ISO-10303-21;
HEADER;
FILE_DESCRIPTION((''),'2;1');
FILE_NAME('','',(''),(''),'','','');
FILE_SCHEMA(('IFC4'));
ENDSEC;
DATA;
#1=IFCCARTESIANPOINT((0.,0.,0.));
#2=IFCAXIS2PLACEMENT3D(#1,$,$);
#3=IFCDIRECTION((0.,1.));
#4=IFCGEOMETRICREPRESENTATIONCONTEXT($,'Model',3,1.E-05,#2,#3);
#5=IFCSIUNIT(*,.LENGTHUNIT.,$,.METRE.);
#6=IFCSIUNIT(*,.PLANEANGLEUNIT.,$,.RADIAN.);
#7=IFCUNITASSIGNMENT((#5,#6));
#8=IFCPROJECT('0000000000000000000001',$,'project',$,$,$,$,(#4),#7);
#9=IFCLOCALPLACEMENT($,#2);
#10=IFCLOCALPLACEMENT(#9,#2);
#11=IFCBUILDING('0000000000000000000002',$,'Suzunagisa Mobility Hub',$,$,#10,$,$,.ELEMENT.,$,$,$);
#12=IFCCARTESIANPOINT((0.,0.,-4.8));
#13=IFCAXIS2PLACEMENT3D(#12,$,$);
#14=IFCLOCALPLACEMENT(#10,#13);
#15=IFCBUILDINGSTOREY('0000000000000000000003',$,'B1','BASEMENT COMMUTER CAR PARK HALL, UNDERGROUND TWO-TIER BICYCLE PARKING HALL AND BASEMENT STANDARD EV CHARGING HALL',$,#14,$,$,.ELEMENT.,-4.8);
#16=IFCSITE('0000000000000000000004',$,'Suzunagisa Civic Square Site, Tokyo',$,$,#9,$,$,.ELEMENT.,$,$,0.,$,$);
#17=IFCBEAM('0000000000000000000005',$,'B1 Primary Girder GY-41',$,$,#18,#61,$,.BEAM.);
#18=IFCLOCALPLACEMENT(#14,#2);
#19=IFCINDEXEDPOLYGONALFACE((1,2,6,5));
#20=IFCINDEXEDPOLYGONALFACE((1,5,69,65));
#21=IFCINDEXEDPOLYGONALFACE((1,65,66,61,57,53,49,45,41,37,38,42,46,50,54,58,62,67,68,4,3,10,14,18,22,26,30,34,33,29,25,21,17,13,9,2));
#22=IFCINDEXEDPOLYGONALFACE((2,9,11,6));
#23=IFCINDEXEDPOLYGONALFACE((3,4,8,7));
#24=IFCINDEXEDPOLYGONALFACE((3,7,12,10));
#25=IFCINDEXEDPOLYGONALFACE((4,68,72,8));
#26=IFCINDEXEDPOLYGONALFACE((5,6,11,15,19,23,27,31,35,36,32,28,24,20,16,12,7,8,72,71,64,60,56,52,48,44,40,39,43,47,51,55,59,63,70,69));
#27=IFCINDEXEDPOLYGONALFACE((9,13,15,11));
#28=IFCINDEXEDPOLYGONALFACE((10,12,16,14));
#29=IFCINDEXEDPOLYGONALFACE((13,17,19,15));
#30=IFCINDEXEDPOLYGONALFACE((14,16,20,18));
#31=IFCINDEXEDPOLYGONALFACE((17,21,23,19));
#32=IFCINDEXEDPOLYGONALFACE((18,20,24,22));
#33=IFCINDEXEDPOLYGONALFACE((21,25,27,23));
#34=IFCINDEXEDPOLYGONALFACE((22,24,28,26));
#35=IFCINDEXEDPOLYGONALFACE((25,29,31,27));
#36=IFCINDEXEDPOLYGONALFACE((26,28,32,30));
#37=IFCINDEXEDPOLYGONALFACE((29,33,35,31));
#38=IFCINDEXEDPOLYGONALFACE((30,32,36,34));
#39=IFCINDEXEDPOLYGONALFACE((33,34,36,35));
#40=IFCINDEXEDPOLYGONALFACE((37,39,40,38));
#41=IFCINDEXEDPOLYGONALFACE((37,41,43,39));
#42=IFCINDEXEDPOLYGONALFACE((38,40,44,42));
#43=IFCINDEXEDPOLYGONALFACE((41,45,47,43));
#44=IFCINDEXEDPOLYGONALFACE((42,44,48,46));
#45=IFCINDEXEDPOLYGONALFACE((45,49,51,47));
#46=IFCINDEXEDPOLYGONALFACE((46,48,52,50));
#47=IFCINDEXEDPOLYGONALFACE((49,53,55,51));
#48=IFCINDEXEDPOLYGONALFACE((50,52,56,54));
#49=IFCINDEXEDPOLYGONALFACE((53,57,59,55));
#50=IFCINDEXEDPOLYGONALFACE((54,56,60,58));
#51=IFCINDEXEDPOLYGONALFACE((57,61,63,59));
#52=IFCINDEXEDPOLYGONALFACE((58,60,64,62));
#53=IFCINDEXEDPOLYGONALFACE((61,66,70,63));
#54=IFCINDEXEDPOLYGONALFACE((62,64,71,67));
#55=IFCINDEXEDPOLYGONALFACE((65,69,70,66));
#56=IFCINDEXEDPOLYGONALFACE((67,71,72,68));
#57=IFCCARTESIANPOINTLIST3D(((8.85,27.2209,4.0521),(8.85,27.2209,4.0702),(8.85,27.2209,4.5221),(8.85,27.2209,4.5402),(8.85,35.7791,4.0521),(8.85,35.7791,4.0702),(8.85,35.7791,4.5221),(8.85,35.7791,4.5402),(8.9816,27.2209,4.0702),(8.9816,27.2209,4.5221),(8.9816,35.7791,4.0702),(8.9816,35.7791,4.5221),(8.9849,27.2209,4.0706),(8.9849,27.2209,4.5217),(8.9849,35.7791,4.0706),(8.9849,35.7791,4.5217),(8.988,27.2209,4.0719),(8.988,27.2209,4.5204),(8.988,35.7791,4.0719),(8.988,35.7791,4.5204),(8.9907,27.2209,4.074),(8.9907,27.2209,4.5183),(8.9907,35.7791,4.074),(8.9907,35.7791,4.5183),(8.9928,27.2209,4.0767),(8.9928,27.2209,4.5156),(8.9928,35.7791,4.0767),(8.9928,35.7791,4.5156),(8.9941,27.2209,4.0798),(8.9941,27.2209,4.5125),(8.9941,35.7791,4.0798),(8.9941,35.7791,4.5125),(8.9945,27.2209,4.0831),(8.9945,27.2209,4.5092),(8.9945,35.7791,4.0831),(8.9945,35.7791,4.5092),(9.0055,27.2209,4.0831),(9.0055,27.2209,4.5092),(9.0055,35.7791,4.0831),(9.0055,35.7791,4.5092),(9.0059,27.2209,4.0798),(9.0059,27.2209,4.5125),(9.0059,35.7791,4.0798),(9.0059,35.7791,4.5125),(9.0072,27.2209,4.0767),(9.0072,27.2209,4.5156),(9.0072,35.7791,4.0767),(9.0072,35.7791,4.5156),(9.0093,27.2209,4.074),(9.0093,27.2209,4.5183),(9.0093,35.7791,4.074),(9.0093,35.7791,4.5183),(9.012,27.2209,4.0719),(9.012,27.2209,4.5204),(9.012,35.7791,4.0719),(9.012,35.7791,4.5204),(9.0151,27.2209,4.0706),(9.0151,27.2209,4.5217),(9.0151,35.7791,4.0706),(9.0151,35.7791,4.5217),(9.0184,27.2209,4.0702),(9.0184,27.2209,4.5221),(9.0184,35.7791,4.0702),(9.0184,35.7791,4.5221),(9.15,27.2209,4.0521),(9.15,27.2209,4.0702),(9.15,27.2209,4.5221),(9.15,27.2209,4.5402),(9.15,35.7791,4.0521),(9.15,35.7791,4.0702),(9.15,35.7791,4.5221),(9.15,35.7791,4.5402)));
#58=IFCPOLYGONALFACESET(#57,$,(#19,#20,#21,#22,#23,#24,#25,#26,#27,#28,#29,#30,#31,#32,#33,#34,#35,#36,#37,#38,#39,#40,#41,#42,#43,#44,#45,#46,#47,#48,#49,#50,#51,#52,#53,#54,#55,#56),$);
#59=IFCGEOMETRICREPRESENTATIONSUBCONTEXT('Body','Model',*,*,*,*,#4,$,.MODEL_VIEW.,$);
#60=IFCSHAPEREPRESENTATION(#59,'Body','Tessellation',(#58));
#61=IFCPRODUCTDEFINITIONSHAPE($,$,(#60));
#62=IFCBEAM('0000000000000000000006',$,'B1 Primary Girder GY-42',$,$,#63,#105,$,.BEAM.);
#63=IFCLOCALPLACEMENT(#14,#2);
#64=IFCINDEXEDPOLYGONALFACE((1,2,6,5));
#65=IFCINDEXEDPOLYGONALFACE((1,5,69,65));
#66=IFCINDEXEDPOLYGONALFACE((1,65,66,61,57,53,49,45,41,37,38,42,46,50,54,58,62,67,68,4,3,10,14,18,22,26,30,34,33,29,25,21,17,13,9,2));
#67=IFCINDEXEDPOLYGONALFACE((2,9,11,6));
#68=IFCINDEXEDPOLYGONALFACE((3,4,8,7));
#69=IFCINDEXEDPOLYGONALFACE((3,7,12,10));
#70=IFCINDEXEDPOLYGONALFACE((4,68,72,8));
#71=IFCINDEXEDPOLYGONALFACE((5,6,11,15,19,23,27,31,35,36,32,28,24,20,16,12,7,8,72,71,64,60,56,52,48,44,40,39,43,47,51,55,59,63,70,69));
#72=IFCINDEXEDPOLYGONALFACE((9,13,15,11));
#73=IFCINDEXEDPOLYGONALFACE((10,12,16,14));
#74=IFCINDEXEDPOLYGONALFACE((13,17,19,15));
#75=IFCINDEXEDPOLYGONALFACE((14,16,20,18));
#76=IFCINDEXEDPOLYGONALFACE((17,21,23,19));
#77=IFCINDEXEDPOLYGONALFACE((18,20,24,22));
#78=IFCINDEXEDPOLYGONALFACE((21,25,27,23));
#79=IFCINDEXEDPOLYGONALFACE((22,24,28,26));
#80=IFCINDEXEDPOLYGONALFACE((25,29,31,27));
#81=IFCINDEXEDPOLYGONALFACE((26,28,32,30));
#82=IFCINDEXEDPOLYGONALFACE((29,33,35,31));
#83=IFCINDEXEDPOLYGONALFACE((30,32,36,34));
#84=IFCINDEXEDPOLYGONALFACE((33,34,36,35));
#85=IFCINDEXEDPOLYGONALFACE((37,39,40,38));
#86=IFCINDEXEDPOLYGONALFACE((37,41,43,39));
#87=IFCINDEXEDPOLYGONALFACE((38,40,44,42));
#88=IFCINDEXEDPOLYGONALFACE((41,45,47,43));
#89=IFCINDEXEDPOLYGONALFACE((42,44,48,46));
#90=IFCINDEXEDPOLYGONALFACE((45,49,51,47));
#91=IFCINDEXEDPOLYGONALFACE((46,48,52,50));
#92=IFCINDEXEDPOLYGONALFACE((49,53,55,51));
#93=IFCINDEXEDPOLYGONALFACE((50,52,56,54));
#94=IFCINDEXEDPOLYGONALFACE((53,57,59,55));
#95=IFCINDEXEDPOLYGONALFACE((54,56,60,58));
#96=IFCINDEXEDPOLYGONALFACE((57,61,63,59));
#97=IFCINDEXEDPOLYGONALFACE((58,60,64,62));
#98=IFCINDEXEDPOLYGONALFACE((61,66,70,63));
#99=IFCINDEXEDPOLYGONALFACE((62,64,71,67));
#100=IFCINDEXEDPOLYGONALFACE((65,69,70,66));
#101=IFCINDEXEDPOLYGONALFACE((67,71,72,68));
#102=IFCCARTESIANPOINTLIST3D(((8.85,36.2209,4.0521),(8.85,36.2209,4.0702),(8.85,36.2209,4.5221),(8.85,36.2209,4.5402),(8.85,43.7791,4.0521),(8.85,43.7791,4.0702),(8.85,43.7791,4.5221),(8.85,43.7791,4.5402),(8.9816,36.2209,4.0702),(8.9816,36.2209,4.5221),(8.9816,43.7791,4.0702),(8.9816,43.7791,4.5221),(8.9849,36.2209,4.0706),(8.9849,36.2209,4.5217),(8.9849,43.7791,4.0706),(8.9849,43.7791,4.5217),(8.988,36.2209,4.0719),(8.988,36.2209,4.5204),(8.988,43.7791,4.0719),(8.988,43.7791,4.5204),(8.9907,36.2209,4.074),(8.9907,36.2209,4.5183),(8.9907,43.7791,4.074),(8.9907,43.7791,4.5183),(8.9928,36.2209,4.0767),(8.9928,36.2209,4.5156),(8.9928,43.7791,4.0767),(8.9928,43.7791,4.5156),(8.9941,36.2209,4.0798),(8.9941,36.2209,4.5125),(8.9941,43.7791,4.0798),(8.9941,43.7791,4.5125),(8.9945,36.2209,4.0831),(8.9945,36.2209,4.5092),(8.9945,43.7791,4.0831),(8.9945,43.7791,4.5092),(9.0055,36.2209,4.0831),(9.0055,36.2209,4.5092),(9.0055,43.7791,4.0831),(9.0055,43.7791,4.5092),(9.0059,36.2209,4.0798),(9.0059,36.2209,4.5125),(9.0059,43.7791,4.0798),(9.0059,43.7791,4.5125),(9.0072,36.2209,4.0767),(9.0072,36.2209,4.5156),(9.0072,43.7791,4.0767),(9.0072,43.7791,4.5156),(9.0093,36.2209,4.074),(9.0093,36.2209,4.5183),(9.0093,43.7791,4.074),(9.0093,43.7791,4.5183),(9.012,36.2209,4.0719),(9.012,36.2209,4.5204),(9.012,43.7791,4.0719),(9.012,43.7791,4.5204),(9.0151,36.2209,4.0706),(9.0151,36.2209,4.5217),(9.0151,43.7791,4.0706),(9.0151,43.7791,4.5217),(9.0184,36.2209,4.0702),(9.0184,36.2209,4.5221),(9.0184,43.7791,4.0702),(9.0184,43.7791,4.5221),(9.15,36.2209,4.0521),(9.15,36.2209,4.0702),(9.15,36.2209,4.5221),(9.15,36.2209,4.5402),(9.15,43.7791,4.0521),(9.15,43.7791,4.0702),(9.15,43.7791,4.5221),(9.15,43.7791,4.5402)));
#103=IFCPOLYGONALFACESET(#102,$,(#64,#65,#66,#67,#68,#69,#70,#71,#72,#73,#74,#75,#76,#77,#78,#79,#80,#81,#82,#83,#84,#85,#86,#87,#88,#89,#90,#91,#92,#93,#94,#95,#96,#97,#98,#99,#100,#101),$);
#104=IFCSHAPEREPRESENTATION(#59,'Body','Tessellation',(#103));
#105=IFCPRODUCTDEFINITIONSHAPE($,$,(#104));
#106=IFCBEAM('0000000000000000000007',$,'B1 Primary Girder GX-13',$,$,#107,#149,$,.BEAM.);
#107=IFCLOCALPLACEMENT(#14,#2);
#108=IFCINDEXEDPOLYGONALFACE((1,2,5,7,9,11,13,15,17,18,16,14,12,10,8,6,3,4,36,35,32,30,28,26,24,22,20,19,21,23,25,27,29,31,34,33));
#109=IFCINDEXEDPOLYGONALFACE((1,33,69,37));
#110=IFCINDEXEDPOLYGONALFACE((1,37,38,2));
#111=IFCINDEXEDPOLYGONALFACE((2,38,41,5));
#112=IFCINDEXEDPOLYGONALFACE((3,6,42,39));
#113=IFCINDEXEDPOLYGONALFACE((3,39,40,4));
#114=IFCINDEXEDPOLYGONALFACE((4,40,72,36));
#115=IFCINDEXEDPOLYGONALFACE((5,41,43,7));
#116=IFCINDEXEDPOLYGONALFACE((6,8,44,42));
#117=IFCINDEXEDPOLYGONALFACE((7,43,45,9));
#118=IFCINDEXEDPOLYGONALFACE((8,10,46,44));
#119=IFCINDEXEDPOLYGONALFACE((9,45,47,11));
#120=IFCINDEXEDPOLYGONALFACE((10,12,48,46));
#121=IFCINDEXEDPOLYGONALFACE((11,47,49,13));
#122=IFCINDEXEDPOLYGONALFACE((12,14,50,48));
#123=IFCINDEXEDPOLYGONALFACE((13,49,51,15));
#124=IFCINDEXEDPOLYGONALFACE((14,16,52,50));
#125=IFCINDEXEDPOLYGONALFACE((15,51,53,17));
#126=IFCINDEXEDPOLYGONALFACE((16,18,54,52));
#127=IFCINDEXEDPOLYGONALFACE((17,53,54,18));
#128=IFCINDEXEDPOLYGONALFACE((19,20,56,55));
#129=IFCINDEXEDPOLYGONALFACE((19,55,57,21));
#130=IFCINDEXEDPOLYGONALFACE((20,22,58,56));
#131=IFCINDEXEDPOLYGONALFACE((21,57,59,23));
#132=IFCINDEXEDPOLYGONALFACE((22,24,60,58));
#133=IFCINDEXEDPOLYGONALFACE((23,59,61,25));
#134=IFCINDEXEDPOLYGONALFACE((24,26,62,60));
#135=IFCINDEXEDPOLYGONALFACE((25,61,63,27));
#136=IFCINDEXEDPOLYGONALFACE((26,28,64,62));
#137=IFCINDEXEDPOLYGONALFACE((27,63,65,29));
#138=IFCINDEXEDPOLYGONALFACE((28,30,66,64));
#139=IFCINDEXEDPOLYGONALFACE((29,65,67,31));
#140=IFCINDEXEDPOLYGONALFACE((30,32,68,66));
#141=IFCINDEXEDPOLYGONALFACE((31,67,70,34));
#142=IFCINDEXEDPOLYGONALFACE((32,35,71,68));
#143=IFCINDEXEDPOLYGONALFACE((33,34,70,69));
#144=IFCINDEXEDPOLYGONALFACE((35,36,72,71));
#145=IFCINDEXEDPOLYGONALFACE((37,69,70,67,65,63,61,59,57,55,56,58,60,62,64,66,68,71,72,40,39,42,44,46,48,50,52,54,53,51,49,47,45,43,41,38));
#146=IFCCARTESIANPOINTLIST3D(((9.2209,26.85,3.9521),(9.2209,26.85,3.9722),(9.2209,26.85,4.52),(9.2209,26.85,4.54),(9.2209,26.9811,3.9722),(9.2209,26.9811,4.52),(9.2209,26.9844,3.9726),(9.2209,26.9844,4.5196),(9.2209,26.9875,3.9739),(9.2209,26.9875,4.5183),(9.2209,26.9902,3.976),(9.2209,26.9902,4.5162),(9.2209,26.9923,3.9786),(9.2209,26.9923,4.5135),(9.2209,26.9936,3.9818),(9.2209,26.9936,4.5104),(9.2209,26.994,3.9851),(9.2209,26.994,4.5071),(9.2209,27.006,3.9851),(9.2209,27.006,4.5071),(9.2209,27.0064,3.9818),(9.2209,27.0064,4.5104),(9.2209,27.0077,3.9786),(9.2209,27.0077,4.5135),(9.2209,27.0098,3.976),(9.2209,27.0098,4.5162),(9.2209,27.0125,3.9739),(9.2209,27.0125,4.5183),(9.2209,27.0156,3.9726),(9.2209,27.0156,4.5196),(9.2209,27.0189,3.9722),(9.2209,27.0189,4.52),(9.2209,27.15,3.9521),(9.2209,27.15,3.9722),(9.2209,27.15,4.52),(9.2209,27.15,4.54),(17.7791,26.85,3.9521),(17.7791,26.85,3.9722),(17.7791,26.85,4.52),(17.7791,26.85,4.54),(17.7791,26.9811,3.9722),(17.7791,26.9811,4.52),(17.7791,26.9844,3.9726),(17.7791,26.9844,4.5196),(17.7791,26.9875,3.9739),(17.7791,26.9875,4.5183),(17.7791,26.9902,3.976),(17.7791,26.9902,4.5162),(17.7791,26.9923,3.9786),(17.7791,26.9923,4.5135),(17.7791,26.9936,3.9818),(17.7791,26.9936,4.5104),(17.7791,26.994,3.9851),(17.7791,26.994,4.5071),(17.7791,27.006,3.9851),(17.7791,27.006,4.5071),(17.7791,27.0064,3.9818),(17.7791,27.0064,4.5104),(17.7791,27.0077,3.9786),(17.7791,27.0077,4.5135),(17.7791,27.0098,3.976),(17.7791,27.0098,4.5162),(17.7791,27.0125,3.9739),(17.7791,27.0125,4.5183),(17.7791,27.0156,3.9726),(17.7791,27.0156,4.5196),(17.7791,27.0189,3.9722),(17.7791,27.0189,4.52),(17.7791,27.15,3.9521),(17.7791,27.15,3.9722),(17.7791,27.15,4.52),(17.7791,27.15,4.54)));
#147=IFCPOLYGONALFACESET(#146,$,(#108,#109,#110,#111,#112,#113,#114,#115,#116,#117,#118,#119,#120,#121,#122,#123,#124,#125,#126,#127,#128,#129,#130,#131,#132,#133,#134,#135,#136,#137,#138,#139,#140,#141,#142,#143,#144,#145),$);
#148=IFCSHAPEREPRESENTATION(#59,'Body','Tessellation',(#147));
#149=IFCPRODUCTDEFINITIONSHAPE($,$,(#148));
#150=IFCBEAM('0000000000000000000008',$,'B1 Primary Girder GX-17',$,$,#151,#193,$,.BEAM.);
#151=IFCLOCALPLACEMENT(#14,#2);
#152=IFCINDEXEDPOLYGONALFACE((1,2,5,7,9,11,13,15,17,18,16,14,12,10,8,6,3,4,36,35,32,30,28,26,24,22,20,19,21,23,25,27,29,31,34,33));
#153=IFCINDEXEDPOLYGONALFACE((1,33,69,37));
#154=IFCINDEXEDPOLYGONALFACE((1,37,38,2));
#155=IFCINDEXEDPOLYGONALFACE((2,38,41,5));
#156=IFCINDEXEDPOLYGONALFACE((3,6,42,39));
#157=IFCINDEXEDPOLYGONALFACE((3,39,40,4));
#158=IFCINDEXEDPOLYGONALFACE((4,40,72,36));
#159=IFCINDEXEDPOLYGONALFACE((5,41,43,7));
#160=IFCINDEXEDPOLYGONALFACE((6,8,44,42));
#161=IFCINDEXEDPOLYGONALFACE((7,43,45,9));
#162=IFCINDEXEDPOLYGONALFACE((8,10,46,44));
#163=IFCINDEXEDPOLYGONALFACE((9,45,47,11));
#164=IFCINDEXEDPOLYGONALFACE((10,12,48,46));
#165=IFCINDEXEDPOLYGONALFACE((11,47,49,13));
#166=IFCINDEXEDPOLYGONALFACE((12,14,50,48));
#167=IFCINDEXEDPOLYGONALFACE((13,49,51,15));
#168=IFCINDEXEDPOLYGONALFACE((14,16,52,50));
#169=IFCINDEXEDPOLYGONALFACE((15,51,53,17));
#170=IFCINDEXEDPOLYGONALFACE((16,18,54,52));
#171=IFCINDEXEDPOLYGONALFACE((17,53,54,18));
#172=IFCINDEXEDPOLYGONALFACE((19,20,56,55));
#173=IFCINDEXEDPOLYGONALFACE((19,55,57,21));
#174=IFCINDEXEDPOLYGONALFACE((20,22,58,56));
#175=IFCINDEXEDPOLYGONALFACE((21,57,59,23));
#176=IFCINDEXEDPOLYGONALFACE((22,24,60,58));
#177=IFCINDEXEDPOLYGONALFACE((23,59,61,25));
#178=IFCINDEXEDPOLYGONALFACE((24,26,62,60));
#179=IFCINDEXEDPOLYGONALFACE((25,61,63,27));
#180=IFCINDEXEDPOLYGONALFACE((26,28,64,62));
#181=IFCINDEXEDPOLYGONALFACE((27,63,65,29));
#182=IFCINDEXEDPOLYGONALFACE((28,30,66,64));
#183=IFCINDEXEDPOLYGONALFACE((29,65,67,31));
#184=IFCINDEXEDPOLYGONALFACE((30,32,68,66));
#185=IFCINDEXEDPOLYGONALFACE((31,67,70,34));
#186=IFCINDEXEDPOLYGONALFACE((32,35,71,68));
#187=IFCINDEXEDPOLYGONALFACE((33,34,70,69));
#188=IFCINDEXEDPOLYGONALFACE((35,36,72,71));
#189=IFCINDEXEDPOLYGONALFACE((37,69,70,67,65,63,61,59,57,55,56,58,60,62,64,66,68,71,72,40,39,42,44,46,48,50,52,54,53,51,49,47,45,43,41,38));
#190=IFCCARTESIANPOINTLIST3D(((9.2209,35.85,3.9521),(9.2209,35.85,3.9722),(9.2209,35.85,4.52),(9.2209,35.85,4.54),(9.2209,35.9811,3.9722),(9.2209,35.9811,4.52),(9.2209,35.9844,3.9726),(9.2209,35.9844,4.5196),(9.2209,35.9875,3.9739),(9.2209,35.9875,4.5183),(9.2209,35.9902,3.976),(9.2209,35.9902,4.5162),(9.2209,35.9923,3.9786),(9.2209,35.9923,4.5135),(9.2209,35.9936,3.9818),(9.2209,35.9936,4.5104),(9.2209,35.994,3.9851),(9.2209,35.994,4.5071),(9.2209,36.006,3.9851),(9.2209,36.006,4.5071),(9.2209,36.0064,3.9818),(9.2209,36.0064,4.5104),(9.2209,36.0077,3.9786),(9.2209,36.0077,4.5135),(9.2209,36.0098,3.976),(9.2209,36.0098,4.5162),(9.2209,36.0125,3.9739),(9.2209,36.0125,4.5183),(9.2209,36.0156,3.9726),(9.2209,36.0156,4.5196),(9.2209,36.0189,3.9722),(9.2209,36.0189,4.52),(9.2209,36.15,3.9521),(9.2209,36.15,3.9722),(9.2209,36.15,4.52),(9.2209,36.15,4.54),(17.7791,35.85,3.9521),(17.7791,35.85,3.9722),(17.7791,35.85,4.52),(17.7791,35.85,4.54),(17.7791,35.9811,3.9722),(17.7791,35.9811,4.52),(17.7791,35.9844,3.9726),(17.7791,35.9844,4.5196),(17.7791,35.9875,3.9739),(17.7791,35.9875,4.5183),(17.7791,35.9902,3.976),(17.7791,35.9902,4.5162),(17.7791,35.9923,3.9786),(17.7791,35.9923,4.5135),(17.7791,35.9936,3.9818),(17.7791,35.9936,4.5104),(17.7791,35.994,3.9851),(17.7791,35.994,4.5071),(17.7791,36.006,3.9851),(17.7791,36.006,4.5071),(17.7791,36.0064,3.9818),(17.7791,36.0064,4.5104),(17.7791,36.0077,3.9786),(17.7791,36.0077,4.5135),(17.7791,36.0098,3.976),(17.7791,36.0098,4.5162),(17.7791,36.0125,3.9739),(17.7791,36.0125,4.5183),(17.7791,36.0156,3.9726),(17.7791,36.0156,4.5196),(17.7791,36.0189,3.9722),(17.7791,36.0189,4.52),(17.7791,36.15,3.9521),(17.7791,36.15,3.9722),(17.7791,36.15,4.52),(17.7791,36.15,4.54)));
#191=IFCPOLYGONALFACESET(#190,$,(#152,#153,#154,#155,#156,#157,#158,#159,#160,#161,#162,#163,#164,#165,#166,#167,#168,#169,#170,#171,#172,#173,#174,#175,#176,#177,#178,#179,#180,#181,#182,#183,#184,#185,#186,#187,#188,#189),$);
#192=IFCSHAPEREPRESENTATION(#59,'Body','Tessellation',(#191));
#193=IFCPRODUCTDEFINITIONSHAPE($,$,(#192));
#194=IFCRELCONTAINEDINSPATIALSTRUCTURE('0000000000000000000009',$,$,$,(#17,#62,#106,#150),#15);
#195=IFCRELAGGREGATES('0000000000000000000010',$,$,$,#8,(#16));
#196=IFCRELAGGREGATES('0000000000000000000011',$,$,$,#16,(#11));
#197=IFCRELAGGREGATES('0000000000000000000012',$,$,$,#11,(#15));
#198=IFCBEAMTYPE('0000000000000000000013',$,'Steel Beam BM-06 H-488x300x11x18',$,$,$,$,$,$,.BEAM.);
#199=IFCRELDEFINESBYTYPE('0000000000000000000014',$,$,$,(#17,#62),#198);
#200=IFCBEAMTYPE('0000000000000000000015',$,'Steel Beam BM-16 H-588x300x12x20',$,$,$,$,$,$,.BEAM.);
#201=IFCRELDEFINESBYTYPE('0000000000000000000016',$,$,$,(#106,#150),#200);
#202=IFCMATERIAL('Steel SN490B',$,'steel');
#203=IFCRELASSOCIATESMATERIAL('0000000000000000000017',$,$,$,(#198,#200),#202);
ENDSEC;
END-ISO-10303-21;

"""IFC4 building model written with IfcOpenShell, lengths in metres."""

from ifc_helpers import new_model, si_unit, direction, frame, origin, origin_2d, place, context, subcontext, project, spatial, i_section, extrude, material, material_profile, profile_set, type_object, element, save


model = new_model("IFC4")

# Units and contexts
model_context = context("Model", 3, precision=1e-05, world=origin(), true_north=direction((0.0, 1.0)))
body_context = subcontext(model_context, "Body", "Model", "MODEL_VIEW")
ifc_project = project(units=[si_unit("LENGTHUNIT", "METRE"), si_unit("PLANEANGLEUNIT", "RADIAN")], contexts=[model_context])

# Site, building, storey
site_placement = place(None, origin())
site = spatial("IfcSite", under=ifc_project, at=site_placement, Name="Suzunagisa Civic Square Site, Tokyo", CompositionType="ELEMENT", RefElevation=0.0)
building_placement = place(site_placement, origin())
building = spatial("IfcBuilding", under=site, at=building_placement, Name="Suzunagisa Mobility Hub", CompositionType="ELEMENT")
storey_placement = place(building_placement, frame((0.0, 0.0, -4.8)))
storey = spatial("IfcBuildingStorey", under=building, at=storey_placement, Name="B1", Description="BASEMENT COMMUTER CAR PARK HALL, UNDERGROUND TWO-TIER BICYCLE PARKING HALL AND BASEMENT STANDARD EV CHARGING HALL", CompositionType="ELEMENT", Elevation=-4.8)

# Shared definitions
ifc_material_1 = material(Name="Steel SN490B", Category="steel")

# Beams
ifc_material_profile_1 = material_profile(ifc_material_1, i_section(OverallWidth=0.3, OverallDepth=0.488, WebThickness=0.011, FlangeThickness=0.0181, FilletRadius=0.0129, at=origin_2d()), Name="H-488x300x11x18")
ifc_profile_set_1 = profile_set([ifc_material_profile_1], Name="Steel SN490B")
beam_type_1 = type_object("IfcBeamType", Name="Steel Beam BM-06 H-488x300x11x18", PredefinedType="BEAM", material=ifc_profile_set_1)
beam_1_placement = place(storey_placement, frame((9.0, 27.2209, 4.2961), z_axis=(0.0, 1.0, 0.0), x_axis=(-1.0, 0.0, 0.0)))
element("IfcBeam", 1, at=beam_1_placement, inside=storey, type_object=beam_type_1, Name="B1 Primary Girder GY-41", PredefinedType="BEAM", context=body_context, shape_type="SweptSolid", body=[
    extrude(i_section(OverallWidth=0.3, OverallDepth=0.488, WebThickness=0.011, FlangeThickness=0.0181, FilletRadius=0.0129, at=origin_2d()), origin(), (0.0, 0.0, 1.0), 8.5581),
])
beam_2_placement = place(storey_placement, frame((9.0, 36.2209, 4.2961), z_axis=(0.0, 1.0, 0.0), x_axis=(-1.0, 0.0, 0.0)))
element("IfcBeam", 2, at=beam_2_placement, inside=storey, type_object=beam_type_1, Name="B1 Primary Girder GY-42", PredefinedType="BEAM", context=body_context, shape_type="SweptSolid", body=[
    extrude(i_section(OverallWidth=0.3, OverallDepth=0.488, WebThickness=0.011, FlangeThickness=0.0181, FilletRadius=0.0129, at=origin_2d()), origin(), (0.0, 0.0, 1.0), 7.5581),
])
ifc_material_profile_2 = material_profile(ifc_material_1, i_section(OverallWidth=0.3, OverallDepth=0.5879, WebThickness=0.012, FlangeThickness=0.02, FilletRadius=0.0129, at=origin_2d()), Name="H-588x300x12x20")
ifc_profile_set_2 = profile_set([ifc_material_profile_2], Name="Steel SN490B")
beam_type_2 = type_object("IfcBeamType", Name="Steel Beam BM-16 H-588x300x12x20", PredefinedType="BEAM", material=ifc_profile_set_2)
for number, where, z_axis, x_axis, name in (
    (3, (9.2209, 27.0, 4.2461), (1.0, 0.0, 0.0), (0.0, 1.0, 0.0), "B1 Primary Girder GX-13"),
    (4, (9.2209, 36.0, 4.2461), (1.0, 0.0, 0.0), (0.0, 1.0, 0.0), "B1 Primary Girder GX-17"),
):
    element("IfcBeam", number, at=place(storey_placement, frame(where, z_axis=z_axis, x_axis=x_axis)), inside=storey, type_object=beam_type_2, Name=name, PredefinedType="BEAM", context=body_context, shape_type="SweptSolid", body=[
        extrude(i_section(OverallWidth=0.3, OverallDepth=0.5879, WebThickness=0.012, FlangeThickness=0.02, FilletRadius=0.0129, at=origin_2d()), origin(), (0.0, 0.0, 1.0), 8.5581),
    ])

save(model, "model.ifc")
